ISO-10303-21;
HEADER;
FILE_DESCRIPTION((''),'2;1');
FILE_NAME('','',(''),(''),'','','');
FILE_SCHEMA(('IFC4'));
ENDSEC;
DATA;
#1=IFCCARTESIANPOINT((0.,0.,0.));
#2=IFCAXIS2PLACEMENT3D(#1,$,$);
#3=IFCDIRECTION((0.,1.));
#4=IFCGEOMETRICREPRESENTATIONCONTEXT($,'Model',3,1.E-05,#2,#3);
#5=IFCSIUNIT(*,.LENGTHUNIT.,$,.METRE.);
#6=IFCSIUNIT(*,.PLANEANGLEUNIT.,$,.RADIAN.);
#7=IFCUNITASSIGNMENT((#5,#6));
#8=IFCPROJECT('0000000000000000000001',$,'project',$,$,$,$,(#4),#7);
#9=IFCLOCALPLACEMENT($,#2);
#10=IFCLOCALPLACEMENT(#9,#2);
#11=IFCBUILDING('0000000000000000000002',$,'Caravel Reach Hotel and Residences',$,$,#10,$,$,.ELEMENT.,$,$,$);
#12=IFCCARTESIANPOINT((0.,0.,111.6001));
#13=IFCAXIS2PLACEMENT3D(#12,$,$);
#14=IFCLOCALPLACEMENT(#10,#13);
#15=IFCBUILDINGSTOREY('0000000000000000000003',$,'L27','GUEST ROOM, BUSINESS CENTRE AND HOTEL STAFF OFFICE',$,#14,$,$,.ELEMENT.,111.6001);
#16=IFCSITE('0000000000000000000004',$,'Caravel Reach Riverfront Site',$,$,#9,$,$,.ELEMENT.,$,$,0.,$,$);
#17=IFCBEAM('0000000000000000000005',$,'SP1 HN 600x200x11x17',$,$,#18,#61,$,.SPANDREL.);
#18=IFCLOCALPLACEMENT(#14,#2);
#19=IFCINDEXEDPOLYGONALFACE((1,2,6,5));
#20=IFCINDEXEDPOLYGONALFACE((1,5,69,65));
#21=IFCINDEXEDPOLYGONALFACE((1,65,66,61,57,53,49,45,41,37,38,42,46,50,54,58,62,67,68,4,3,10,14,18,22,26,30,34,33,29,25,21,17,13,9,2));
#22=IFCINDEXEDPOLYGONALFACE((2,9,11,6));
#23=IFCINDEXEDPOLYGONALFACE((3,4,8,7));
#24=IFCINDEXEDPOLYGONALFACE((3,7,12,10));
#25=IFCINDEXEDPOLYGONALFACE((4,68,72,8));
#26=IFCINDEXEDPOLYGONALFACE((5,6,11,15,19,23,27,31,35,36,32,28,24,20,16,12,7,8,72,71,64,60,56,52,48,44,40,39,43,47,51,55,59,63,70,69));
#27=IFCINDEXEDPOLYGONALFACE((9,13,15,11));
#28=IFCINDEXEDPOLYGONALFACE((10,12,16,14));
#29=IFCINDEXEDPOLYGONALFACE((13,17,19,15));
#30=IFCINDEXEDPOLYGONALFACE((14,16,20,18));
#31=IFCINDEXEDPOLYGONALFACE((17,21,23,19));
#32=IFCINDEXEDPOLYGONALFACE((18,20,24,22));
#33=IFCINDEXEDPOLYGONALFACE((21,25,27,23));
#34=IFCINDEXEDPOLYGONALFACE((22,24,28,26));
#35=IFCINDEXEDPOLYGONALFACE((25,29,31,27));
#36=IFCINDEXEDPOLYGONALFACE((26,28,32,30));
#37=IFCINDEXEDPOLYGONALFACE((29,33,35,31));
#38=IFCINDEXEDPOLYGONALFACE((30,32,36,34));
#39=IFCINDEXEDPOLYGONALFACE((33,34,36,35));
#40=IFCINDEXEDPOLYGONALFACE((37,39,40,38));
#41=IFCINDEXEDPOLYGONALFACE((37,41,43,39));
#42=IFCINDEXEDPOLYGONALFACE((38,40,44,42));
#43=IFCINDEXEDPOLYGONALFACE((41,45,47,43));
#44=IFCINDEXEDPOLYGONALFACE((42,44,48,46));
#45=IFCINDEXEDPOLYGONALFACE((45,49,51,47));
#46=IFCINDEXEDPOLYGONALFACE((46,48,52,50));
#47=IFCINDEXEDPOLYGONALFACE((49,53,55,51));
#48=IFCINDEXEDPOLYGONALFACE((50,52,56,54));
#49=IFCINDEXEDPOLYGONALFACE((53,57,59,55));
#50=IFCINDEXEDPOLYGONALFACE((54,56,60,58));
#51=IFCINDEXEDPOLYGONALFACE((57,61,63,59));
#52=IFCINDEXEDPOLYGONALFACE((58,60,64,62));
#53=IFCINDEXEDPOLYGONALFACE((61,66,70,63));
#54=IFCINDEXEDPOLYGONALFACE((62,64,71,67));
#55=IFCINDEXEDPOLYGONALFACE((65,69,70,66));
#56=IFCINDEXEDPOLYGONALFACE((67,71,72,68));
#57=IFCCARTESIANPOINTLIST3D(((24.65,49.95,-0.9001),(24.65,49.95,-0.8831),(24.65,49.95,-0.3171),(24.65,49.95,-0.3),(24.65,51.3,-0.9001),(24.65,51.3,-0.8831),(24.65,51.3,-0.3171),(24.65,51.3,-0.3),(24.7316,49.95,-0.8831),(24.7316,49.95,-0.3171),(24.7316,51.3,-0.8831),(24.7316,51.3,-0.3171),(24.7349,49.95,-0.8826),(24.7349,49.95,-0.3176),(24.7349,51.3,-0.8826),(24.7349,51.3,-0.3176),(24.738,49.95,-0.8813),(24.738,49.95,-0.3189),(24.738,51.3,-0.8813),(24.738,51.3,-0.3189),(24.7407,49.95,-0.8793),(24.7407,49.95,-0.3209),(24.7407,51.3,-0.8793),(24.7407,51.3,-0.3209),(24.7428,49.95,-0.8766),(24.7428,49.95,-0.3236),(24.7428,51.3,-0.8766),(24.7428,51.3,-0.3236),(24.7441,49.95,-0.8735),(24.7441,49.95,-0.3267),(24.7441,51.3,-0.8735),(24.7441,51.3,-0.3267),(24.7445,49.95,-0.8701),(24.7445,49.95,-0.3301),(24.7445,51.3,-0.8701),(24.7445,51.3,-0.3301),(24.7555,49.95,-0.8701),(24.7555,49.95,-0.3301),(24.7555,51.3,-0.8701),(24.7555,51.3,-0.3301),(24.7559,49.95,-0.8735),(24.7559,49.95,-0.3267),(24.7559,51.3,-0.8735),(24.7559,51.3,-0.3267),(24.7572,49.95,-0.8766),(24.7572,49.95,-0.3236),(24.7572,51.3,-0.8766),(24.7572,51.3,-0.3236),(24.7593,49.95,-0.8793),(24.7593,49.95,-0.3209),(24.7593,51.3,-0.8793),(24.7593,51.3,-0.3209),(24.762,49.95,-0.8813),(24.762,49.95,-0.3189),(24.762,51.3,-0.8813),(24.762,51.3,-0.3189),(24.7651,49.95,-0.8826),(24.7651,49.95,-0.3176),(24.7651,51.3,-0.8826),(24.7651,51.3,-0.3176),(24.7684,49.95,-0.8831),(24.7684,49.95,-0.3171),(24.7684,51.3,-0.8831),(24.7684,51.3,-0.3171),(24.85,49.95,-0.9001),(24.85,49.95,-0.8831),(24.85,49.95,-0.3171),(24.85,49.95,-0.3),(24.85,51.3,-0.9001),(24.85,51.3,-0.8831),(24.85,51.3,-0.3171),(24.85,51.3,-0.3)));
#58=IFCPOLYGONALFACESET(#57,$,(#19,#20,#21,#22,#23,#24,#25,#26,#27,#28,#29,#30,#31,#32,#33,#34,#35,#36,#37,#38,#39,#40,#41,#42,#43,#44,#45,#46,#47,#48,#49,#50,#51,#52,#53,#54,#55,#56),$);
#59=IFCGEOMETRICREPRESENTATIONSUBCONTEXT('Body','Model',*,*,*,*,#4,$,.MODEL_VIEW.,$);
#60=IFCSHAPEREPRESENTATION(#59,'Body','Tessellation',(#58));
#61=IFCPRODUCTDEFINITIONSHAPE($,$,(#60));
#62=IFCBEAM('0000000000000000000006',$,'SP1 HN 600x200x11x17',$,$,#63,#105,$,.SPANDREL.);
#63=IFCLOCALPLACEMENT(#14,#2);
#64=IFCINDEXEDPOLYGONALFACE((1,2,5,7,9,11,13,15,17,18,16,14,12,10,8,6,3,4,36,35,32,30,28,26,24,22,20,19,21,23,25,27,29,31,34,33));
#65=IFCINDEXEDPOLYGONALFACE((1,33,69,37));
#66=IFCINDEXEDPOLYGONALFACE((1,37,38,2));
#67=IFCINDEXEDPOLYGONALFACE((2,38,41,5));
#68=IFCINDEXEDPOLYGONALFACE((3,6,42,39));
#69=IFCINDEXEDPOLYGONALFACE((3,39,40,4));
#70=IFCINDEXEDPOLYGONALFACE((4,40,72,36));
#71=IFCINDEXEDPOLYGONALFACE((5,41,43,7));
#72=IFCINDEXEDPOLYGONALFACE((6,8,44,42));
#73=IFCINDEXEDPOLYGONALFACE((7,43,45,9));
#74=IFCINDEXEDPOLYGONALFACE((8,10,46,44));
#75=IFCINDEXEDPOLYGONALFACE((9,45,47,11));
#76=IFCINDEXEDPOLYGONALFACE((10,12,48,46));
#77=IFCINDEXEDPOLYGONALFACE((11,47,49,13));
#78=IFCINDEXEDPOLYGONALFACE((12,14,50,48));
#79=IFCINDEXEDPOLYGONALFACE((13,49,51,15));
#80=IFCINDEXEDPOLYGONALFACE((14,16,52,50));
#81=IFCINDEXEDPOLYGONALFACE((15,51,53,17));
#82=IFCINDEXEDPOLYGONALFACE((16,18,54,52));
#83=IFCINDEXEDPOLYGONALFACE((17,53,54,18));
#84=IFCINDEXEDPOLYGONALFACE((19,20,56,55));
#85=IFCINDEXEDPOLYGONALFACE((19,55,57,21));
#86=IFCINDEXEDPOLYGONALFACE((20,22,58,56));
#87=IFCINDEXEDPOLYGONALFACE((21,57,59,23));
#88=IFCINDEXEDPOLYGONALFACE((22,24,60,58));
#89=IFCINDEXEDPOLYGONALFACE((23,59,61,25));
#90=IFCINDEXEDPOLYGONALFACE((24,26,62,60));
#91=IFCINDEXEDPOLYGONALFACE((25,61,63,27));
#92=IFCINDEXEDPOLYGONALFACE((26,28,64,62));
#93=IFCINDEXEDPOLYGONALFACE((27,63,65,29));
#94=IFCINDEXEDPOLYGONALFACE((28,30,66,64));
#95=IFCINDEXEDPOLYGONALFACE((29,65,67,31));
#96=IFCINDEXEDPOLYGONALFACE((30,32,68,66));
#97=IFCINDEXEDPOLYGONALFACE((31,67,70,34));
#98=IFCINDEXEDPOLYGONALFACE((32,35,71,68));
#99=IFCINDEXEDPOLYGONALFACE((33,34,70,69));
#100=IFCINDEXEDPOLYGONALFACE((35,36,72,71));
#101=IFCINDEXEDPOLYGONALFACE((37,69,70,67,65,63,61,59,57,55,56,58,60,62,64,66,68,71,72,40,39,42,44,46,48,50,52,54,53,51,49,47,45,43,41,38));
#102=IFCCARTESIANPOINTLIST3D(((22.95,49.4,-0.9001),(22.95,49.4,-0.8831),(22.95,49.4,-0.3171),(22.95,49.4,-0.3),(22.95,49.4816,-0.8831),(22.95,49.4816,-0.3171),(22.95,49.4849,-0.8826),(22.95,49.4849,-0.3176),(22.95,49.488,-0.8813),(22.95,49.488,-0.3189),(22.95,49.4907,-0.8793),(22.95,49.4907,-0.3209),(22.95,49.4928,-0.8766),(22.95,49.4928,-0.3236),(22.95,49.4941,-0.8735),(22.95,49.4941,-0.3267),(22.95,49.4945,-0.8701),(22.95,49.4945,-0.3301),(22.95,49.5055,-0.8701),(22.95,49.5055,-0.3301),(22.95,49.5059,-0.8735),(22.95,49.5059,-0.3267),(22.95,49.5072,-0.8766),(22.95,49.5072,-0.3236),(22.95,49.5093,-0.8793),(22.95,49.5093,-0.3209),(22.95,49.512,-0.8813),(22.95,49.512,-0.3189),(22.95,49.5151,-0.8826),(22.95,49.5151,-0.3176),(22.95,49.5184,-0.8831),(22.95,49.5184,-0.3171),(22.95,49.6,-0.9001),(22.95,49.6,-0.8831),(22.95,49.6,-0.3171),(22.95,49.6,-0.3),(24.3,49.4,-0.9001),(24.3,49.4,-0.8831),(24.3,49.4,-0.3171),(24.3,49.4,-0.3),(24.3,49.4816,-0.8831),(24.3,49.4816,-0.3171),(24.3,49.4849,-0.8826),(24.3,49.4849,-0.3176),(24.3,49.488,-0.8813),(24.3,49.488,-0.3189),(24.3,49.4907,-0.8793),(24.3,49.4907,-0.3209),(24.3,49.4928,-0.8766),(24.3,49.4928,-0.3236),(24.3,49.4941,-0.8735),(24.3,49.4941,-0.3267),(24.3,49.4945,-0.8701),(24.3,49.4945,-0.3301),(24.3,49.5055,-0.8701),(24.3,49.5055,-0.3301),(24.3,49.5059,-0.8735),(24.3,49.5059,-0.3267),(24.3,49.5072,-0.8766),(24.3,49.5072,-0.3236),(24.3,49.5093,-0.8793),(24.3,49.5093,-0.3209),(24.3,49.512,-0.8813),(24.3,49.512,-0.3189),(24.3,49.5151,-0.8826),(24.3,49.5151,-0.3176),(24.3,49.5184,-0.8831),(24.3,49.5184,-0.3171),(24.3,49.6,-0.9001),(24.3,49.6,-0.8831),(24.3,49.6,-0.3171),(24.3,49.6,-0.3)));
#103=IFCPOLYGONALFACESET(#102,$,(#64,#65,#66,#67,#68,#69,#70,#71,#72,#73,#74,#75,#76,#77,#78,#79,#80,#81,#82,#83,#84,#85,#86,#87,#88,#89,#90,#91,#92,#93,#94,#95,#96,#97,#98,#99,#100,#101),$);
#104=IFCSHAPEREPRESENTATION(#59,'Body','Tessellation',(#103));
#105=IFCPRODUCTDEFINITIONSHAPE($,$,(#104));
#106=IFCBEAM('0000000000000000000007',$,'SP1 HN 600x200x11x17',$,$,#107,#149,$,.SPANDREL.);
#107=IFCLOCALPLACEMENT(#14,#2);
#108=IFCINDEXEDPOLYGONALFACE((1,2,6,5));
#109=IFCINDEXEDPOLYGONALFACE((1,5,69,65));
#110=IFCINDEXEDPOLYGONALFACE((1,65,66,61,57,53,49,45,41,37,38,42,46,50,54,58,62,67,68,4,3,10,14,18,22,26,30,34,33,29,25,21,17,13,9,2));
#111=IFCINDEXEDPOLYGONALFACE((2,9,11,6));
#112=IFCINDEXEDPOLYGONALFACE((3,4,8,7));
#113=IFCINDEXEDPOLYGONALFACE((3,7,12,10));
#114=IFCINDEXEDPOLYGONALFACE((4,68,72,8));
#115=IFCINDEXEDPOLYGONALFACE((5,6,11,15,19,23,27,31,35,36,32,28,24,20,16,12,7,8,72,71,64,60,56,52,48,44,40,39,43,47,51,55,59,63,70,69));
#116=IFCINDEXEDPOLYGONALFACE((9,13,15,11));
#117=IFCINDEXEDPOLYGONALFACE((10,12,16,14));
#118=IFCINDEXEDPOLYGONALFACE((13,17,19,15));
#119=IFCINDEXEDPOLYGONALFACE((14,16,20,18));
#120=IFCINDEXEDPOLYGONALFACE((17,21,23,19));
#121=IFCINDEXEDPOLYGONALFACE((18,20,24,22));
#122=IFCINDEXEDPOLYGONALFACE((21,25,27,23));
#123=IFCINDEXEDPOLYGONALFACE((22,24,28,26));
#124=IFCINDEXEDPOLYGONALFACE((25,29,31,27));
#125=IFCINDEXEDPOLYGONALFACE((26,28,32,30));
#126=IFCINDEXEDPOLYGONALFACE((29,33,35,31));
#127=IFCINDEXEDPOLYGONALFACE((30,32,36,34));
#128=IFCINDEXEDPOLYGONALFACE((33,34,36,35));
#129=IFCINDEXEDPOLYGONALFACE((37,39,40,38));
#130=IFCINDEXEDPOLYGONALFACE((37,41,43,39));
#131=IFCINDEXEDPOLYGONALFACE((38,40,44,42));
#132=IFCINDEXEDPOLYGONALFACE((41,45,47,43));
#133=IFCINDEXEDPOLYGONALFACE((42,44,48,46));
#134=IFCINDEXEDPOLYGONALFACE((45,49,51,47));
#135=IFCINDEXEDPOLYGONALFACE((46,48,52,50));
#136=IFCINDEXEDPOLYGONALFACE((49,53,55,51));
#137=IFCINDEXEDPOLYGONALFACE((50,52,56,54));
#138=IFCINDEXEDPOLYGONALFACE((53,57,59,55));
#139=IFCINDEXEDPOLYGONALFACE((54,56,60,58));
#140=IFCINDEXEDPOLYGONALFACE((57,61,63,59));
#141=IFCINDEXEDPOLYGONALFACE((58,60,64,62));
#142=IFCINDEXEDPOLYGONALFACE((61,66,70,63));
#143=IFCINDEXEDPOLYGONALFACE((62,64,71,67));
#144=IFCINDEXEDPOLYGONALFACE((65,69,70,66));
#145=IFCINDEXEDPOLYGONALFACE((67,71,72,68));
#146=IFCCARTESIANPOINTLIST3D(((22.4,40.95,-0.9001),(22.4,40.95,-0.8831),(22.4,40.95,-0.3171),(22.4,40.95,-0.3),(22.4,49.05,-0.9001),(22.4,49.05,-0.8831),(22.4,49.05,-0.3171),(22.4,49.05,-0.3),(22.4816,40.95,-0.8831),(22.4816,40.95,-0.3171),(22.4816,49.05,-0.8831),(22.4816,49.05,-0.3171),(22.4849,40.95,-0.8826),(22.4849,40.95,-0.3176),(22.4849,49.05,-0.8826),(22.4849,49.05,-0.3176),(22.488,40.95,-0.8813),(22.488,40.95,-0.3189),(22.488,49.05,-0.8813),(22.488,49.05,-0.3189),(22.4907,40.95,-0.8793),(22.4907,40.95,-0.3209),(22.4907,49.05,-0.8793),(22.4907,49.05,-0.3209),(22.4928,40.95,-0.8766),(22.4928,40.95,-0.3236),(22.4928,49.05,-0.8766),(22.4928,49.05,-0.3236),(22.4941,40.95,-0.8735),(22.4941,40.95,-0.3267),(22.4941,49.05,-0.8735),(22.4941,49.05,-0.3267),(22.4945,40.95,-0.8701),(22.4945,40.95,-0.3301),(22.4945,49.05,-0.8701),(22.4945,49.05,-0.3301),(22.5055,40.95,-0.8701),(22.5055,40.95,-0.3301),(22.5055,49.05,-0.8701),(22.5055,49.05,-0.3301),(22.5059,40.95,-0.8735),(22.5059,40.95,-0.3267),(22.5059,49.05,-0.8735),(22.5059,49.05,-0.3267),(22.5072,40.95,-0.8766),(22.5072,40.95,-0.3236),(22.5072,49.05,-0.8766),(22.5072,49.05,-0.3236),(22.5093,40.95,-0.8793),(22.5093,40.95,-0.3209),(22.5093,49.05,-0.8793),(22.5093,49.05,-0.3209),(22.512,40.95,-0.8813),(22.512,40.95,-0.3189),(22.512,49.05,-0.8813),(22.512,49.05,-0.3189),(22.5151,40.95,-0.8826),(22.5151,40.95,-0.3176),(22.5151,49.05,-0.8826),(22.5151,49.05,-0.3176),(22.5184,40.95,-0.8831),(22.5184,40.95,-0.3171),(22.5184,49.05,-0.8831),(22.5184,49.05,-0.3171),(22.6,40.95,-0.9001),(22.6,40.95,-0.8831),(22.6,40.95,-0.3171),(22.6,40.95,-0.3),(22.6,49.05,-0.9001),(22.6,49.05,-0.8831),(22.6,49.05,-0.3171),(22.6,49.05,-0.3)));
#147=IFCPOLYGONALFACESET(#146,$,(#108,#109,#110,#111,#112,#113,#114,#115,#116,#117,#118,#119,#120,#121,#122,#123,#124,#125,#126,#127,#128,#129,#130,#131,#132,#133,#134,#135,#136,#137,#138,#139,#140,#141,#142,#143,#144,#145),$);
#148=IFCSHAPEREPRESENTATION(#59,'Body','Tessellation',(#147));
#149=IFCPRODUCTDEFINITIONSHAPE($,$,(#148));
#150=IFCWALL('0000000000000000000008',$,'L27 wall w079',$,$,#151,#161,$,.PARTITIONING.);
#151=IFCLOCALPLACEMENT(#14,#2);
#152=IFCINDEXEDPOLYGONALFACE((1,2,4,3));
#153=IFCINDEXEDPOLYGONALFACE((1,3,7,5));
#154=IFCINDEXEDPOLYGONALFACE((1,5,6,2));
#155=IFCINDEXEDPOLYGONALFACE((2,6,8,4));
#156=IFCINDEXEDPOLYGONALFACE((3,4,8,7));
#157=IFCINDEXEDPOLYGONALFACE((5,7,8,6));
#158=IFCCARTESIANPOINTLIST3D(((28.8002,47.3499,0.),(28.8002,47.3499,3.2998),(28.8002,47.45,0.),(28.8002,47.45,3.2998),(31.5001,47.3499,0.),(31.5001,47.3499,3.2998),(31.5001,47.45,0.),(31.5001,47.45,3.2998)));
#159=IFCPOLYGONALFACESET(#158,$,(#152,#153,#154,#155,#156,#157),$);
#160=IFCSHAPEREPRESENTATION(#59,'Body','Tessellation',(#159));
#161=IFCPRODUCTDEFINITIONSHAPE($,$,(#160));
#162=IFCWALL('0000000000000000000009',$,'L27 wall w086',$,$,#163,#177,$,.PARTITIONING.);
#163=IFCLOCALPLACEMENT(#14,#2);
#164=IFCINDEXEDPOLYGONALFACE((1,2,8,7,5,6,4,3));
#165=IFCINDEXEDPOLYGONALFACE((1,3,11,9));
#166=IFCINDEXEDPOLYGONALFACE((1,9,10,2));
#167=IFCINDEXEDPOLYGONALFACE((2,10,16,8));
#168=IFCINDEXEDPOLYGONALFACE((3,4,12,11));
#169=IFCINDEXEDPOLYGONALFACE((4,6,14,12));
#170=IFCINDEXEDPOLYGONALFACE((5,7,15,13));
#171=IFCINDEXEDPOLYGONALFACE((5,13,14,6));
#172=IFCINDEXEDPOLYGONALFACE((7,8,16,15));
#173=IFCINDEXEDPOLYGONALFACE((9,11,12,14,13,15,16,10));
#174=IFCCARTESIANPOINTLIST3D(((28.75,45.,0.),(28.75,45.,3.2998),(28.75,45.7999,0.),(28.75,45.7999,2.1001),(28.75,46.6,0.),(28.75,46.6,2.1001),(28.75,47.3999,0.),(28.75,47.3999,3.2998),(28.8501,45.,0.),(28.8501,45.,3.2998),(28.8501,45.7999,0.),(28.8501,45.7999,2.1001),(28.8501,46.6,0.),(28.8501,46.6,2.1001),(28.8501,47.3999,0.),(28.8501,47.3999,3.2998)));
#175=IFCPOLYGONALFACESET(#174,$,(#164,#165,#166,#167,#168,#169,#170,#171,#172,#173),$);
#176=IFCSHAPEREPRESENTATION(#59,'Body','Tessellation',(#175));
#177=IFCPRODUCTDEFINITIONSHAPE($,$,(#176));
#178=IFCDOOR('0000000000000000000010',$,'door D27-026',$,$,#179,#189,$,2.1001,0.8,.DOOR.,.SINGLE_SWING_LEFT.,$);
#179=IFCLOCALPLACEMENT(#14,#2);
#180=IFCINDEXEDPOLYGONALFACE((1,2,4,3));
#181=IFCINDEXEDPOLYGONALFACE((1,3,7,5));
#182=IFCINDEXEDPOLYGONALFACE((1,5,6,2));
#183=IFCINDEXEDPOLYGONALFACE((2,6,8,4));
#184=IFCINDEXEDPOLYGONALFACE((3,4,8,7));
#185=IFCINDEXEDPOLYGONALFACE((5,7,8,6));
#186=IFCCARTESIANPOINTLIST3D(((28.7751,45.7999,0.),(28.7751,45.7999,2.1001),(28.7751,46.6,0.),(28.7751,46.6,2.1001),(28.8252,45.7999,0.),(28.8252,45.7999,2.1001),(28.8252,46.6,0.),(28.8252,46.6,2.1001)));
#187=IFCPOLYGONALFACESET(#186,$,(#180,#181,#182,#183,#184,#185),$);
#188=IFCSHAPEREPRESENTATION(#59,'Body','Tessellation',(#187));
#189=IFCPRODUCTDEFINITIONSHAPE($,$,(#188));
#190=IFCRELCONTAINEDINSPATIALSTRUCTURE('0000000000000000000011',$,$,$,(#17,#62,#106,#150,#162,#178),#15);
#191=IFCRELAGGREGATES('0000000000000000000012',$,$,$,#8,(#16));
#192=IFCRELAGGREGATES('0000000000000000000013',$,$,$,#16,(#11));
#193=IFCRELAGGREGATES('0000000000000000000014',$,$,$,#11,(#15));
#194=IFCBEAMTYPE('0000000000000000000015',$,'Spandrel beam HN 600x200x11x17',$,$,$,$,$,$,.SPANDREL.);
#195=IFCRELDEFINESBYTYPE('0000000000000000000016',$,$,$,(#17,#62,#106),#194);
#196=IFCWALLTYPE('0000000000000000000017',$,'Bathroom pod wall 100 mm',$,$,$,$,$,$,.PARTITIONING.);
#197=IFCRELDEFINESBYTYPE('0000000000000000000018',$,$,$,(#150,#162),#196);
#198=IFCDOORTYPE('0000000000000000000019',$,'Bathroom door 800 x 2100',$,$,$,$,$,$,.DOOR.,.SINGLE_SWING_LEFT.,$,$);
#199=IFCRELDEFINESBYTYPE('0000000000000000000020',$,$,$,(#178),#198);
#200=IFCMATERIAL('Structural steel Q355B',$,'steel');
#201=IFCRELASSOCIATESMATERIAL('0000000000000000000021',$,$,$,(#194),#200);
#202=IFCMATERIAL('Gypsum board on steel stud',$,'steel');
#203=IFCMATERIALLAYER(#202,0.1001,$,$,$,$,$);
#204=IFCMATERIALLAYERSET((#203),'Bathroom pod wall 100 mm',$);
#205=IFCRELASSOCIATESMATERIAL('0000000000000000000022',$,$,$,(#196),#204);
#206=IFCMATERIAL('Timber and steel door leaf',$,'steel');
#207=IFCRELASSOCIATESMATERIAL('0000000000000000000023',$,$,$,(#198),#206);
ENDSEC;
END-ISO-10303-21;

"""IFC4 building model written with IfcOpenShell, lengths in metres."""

from ifc_helpers import new_model, si_unit, direction, frame, frame_2d, origin, origin_2d, place, context, subcontext, project, spatial, rectangle, i_section, extrude, material, layer, layer_set, material_profile, profile_set, type_object, element, fill, save


model = new_model("IFC4")

# Units and contexts
model_context = context("Model", 3, precision=1e-05, world=origin(), true_north=direction((0.0, 1.0)))
body_context = subcontext(model_context, "Body", "Model", "MODEL_VIEW")
ifc_project = project(units=[si_unit("LENGTHUNIT", "METRE"), si_unit("PLANEANGLEUNIT", "RADIAN")], contexts=[model_context])

# Site, building, storey
site_placement = place(None, origin())
site = spatial("IfcSite", under=ifc_project, at=site_placement, Name="Caravel Reach Riverfront Site", CompositionType="ELEMENT", RefElevation=0.0)
building_placement = place(site_placement, origin())
building = spatial("IfcBuilding", under=site, at=building_placement, Name="Caravel Reach Hotel and Residences", CompositionType="ELEMENT")
storey_placement = place(building_placement, frame((0.0, 0.0, 111.6001)))
storey = spatial("IfcBuildingStorey", under=building, at=storey_placement, Name="L27", Description="GUEST ROOM, BUSINESS CENTRE AND HOTEL STAFF OFFICE", CompositionType="ELEMENT", Elevation=111.6001)

# Beams
ifc_material_1 = material(Name="Structural steel Q355B", Category="steel")
ifc_material_profile_1 = material_profile(ifc_material_1, i_section(OverallWidth=0.2, OverallDepth=0.6001, WebThickness=0.011, FlangeThickness=0.0171, FilletRadius=0.0129, at=origin_2d()), Name="HN 600x200x11x17")
ifc_profile_set_1 = profile_set([ifc_material_profile_1], Name="Structural steel Q355B")
beam_type = type_object("IfcBeamType", Name="Spandrel beam HN 600x200x11x17", PredefinedType="SPANDREL", material=ifc_profile_set_1)
for number, where, z_axis, x_axis, name in (
    (1, (24.75, 51.3, -0.6001), (0.0, -1.0, 0.0), (1.0, 0.0, 0.0), "SP1 HN 600x200x11x17"),
    (2, (24.3, 49.5, -0.6001), (-1.0, 0.0, 0.0), (0.0, -1.0, 0.0), "SP1 HN 600x200x11x17"),
):
    element("IfcBeam", number, at=place(storey_placement, frame(where, z_axis=z_axis, x_axis=x_axis)), inside=storey, type_object=beam_type, Name=name, PredefinedType="SPANDREL", context=body_context, shape_type="SweptSolid", body=[
        extrude(i_section(OverallWidth=0.2, OverallDepth=0.6001, WebThickness=0.011, FlangeThickness=0.0171, FilletRadius=0.0129, at=origin_2d()), origin(), (0.0, 0.0, 1.0), 1.3501),
    ])
beam_placement = place(storey_placement, frame((22.5, 49.05, -0.6001), z_axis=(0.0, -1.0, 0.0), x_axis=(1.0, 0.0, 0.0)))
element("IfcBeam", 3, at=beam_placement, inside=storey, type_object=beam_type, Name="SP1 HN 600x200x11x17", PredefinedType="SPANDREL", context=body_context, shape_type="SweptSolid", body=[
    extrude(i_section(OverallWidth=0.2, OverallDepth=0.6001, WebThickness=0.011, FlangeThickness=0.0171, FilletRadius=0.0129, at=origin_2d()), origin(), (0.0, 0.0, 1.0), 8.1001),
])

# Wall
ifc_material_2 = material(Name="Gypsum board on steel stud", Category="steel")
ifc_layer_1 = layer(ifc_material_2, 0.1001)
ifc_layer_set_1 = layer_set([ifc_layer_1], Name="Bathroom pod wall 100 mm")
wall_type_1 = type_object("IfcWallType", Name="Bathroom pod wall 100 mm", PredefinedType="PARTITIONING", material=ifc_layer_set_1)
wall_1_placement = place(storey_placement, frame((28.8, 47.3999, 0.0), z_axis=(0.0, 0.0, 1.0), x_axis=(1.0, 0.0, 0.0)))
element("IfcWall", 4, at=wall_1_placement, inside=storey, type_object=wall_type_1, Name="L27 wall w079", PredefinedType="PARTITIONING", context=body_context, shape_type="SweptSolid", body=[
    extrude(rectangle(XDim=2.7, YDim=0.1001, at=frame_2d((1.3501, 0.0))), origin(), (0.0, 0.0, 1.0), 3.2998),
])

# Wall, opening, door
wall_2_placement = place(storey_placement, frame((28.8, 45.0, 0.0), z_axis=(0.0, 0.0, 1.0), x_axis=(0.0, 1.0, 0.0)))
wall_2 = element("IfcWall", 5, at=wall_2_placement, inside=storey, type_object=wall_type_1, Name="L27 wall w086", PredefinedType="PARTITIONING", context=body_context, shape_type="SweptSolid", body=[
    extrude(rectangle(XDim=2.3999, YDim=0.1001, at=frame_2d((1.2, 0.0))), origin(), (0.0, 0.0, 1.0), 3.2998),
])
opening_1_placement = place(wall_2_placement, frame((0.8, 0.0, 0.0)))
opening_1 = element("IfcOpeningElement", 6, at=opening_1_placement, cuts=wall_2, PredefinedType="OPENING", context=body_context, shape_type="SweptSolid", body=[
    extrude(rectangle(XDim=0.8, YDim=2.1001, at=frame_2d((0.3999, 1.05))), frame((0.0, 0.0601, 0.0), z_axis=(0.0, -1.0, 0.0), x_axis=(1.0, 0.0, 0.0)), (0.0, 0.0, 1.0), 0.1201),
])
ifc_material_3 = material(Name="Timber and steel door leaf", Category="steel")
door_type_1 = type_object("IfcDoorType", Name="Bathroom door 800 x 2100", OperationType="SINGLE_SWING_LEFT", PredefinedType="DOOR", material=ifc_material_3)
door_1_placement = place(opening_1_placement, origin())
door_1 = element("IfcDoor", 7, at=door_1_placement, inside=storey, type_object=door_type_1, Name="door D27-026", OperationType="SINGLE_SWING_LEFT", OverallHeight=2.1001, OverallWidth=0.8, PredefinedType="DOOR", context=body_context, shape_type="SweptSolid", body=[
    extrude(rectangle(XDim=0.8, YDim=2.1001, at=frame_2d((0.3999, 1.05))), frame((0.0, 0.0249, 0.0), z_axis=(0.0, -1.0, 0.0), x_axis=(1.0, 0.0, 0.0)), (0.0, 0.0, 1.0), 0.05),
])
fill(opening_1, door_1)

save(model, "model.ifc")
